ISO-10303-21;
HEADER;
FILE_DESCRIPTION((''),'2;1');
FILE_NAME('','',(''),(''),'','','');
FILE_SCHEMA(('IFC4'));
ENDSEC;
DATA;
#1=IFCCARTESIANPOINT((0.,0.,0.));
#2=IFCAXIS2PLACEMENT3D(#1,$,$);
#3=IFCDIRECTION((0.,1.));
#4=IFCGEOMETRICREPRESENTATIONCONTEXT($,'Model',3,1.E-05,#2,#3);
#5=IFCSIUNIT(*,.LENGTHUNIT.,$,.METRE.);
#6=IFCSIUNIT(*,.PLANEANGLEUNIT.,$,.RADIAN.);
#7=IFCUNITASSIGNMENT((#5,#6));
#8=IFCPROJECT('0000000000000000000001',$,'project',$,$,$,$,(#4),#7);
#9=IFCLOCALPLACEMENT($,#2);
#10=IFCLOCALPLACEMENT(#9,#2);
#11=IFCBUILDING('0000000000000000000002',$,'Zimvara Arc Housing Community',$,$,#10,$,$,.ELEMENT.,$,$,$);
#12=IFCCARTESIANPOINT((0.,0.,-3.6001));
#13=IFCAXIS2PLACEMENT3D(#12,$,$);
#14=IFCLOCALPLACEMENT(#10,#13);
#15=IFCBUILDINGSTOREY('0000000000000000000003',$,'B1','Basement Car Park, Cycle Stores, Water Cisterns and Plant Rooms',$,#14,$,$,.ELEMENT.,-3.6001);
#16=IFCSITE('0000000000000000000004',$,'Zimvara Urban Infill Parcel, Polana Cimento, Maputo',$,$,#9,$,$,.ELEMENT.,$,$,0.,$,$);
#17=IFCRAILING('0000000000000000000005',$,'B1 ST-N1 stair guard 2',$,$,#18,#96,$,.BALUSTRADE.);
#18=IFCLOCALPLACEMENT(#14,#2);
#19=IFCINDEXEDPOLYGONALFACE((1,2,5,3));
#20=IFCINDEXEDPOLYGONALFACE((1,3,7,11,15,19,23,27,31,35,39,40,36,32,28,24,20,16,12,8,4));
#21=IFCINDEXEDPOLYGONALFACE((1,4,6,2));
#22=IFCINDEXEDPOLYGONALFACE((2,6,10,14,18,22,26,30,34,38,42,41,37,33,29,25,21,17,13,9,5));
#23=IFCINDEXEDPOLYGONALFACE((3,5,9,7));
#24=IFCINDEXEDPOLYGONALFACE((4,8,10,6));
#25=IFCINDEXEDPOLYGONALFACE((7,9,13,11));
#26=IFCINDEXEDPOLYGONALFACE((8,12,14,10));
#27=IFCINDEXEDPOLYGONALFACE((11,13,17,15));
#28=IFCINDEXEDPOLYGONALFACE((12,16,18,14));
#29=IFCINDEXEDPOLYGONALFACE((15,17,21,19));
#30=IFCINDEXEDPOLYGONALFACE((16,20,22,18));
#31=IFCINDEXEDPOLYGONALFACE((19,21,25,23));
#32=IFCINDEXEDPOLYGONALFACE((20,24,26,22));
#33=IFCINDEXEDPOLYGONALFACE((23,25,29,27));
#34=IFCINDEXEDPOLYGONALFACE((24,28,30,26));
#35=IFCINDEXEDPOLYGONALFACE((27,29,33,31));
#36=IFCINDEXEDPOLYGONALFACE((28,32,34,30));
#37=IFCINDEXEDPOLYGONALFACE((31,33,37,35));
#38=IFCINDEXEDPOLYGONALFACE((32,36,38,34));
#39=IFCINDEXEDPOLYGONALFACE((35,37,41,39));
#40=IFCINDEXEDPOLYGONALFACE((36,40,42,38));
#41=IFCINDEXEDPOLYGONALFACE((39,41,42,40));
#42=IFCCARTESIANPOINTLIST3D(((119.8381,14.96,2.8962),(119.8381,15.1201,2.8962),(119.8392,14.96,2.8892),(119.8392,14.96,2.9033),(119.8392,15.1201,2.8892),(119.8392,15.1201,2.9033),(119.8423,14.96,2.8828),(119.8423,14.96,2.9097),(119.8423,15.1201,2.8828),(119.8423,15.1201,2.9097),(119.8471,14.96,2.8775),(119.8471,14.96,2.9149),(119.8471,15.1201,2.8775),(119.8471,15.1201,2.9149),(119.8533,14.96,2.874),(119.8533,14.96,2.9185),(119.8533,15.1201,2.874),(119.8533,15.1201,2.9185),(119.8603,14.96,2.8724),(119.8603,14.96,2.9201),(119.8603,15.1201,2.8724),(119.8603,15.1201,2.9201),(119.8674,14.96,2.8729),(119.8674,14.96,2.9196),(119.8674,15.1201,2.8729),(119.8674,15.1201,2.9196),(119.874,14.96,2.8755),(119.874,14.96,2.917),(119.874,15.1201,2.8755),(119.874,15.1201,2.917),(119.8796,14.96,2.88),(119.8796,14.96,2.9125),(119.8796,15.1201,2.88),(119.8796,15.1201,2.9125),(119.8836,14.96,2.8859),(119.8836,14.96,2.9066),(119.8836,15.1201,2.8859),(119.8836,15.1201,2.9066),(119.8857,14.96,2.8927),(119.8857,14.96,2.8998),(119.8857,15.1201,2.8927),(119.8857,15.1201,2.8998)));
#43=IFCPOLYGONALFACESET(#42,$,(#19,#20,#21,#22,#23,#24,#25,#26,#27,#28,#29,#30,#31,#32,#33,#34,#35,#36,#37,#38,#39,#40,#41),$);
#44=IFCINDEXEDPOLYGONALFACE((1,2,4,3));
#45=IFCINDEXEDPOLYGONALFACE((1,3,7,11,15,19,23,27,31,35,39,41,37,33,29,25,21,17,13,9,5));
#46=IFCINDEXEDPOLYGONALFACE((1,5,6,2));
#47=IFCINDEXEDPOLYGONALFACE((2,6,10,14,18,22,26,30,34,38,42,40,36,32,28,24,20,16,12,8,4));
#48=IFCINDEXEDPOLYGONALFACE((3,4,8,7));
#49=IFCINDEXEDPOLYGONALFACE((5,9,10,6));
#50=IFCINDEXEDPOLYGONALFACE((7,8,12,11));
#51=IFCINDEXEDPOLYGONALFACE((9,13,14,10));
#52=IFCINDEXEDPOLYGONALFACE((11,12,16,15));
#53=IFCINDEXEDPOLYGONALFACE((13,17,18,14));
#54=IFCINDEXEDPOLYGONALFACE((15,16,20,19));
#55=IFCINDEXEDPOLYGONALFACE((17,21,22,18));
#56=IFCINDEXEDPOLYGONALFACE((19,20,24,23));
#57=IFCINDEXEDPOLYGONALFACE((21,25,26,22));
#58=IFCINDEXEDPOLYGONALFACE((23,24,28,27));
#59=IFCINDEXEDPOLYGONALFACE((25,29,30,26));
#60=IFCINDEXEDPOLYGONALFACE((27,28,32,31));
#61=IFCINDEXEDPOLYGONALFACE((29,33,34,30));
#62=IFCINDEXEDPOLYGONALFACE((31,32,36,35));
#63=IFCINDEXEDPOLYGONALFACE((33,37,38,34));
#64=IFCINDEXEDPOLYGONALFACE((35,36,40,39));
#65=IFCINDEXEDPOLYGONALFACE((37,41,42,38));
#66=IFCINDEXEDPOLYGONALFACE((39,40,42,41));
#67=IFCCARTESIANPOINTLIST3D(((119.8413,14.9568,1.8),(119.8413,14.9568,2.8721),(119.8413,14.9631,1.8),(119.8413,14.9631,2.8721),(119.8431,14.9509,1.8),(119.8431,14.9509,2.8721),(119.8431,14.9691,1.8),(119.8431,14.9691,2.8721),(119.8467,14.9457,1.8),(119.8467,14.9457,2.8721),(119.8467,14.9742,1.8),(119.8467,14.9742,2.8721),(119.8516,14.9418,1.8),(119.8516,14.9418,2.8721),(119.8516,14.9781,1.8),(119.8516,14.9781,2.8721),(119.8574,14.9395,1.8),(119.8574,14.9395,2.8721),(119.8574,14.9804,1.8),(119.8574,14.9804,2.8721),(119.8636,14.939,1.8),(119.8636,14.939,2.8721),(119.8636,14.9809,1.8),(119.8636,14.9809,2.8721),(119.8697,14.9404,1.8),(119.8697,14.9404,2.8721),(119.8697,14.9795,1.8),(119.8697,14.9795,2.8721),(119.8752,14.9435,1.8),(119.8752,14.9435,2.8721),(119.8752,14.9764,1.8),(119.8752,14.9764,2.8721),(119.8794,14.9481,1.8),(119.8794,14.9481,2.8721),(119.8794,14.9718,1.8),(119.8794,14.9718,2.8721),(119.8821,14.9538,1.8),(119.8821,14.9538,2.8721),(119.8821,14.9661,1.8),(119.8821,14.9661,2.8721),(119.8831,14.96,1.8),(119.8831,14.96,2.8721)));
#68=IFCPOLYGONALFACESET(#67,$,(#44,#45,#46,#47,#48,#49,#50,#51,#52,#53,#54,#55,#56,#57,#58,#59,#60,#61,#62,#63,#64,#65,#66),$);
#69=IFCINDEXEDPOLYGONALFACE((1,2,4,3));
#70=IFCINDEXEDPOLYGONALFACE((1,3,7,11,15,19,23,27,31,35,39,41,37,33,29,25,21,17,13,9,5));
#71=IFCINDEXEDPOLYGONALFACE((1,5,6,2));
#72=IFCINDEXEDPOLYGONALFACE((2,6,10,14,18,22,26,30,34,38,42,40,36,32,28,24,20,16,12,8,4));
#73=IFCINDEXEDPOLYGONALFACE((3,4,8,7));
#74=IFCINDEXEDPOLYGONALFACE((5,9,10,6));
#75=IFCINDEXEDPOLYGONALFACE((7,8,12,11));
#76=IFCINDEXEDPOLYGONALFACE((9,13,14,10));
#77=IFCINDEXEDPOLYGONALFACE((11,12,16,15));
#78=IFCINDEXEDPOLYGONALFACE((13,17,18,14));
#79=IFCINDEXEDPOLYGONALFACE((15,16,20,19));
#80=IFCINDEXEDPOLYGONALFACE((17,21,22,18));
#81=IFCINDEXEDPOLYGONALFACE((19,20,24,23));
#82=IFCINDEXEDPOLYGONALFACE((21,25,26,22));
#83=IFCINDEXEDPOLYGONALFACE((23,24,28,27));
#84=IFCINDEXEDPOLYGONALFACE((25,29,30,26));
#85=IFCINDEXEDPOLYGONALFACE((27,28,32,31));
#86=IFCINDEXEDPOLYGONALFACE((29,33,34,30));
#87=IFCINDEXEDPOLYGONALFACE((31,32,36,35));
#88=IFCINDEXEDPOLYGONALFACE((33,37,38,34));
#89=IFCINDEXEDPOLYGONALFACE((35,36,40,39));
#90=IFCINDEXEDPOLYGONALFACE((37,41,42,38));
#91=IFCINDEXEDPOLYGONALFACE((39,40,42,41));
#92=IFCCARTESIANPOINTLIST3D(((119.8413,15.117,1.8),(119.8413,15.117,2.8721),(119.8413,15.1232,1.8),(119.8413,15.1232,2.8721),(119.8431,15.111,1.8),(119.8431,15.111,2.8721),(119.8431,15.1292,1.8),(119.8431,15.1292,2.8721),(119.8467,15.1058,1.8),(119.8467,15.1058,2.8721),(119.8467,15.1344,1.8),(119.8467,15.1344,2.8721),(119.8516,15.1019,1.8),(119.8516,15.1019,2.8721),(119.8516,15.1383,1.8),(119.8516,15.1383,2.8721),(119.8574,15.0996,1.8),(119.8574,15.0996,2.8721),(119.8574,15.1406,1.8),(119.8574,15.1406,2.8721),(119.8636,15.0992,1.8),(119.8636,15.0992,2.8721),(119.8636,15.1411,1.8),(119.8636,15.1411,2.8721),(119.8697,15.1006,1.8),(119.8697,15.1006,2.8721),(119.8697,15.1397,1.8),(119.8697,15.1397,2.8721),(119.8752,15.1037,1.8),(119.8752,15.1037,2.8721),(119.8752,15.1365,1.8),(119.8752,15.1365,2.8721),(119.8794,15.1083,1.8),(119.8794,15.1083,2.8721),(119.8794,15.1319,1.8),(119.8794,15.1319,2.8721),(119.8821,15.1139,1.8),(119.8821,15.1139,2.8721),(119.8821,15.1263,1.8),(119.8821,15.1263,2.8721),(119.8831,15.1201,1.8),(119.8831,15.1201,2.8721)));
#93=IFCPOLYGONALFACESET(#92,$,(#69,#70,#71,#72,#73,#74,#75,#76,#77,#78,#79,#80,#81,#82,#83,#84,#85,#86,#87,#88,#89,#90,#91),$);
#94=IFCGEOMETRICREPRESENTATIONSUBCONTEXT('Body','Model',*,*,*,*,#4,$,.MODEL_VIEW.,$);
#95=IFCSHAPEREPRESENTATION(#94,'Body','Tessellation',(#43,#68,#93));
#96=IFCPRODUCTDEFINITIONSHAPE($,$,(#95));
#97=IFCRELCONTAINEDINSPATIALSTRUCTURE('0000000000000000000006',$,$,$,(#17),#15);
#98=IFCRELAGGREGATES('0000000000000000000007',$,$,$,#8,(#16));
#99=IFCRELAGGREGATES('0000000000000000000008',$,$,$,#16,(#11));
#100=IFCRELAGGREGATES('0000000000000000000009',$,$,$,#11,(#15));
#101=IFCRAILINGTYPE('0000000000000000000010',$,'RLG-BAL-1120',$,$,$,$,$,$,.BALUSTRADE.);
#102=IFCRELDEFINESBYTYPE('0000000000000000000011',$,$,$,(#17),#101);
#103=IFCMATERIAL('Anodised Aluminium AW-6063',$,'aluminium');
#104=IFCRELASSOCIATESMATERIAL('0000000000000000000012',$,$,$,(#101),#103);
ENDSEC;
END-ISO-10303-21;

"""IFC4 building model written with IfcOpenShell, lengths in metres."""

from ifc_helpers import new_model, si_unit, direction, frame, origin, origin_2d, place, context, subcontext, project, spatial, circle, extrude, material, type_object, element, save


model = new_model("IFC4")

# Units and contexts
model_context = context("Model", 3, precision=1e-05, world=origin(), true_north=direction((0.0, 1.0)))
body_context = subcontext(model_context, "Body", "Model", "MODEL_VIEW")
ifc_project = project(units=[si_unit("LENGTHUNIT", "METRE"), si_unit("PLANEANGLEUNIT", "RADIAN")], contexts=[model_context])

# Site, building, storey
site_placement = place(None, origin())
site = spatial("IfcSite", under=ifc_project, at=site_placement, Name="Zimvara Urban Infill Parcel, Polana Cimento, Maputo", CompositionType="ELEMENT", RefElevation=0.0)
building_placement = place(site_placement, origin())
building = spatial("IfcBuilding", under=site, at=building_placement, Name="Zimvara Arc Housing Community", CompositionType="ELEMENT")
storey_placement = place(building_placement, frame((0.0, 0.0, -3.6001)))
storey = spatial("IfcBuildingStorey", under=building, at=storey_placement, Name="B1", Description="Basement Car Park, Cycle Stores, Water Cisterns and Plant Rooms", CompositionType="ELEMENT", Elevation=-3.6001)

# Railing
ifc_material_1 = material(Name="Anodised Aluminium AW-6063", Category="aluminium")
railing_type_1 = type_object("IfcRailingType", Name="RLG-BAL-1120", PredefinedType="BALUSTRADE", material=ifc_material_1)
railing_1_placement = place(storey_placement, frame((119.8621, 14.96, 1.8)))
element("IfcRailing", 1, at=railing_1_placement, inside=storey, type_object=railing_type_1, Name="B1 ST-N1 stair guard 2", PredefinedType="BALUSTRADE", context=body_context, shape_type="SweptSolid", body=[
    extrude(circle(Radius=0.0239, at=origin_2d()), frame((0.0, 0.0, 1.0962), z_axis=(0.0, 1.0, 0.0), x_axis=(-1.0, 0.0, 0.0)), (0.0, 0.0, 1.0), 0.1602),
    extrude(circle(Radius=0.021, at=origin_2d()), origin(), (0.0, 0.0, 1.0), 1.072),
    extrude(circle(Radius=0.021, at=origin_2d()), frame((0.0, 0.1602, 0.0)), (0.0, 0.0, 1.0), 1.072),
])

save(model, "model.ifc")
